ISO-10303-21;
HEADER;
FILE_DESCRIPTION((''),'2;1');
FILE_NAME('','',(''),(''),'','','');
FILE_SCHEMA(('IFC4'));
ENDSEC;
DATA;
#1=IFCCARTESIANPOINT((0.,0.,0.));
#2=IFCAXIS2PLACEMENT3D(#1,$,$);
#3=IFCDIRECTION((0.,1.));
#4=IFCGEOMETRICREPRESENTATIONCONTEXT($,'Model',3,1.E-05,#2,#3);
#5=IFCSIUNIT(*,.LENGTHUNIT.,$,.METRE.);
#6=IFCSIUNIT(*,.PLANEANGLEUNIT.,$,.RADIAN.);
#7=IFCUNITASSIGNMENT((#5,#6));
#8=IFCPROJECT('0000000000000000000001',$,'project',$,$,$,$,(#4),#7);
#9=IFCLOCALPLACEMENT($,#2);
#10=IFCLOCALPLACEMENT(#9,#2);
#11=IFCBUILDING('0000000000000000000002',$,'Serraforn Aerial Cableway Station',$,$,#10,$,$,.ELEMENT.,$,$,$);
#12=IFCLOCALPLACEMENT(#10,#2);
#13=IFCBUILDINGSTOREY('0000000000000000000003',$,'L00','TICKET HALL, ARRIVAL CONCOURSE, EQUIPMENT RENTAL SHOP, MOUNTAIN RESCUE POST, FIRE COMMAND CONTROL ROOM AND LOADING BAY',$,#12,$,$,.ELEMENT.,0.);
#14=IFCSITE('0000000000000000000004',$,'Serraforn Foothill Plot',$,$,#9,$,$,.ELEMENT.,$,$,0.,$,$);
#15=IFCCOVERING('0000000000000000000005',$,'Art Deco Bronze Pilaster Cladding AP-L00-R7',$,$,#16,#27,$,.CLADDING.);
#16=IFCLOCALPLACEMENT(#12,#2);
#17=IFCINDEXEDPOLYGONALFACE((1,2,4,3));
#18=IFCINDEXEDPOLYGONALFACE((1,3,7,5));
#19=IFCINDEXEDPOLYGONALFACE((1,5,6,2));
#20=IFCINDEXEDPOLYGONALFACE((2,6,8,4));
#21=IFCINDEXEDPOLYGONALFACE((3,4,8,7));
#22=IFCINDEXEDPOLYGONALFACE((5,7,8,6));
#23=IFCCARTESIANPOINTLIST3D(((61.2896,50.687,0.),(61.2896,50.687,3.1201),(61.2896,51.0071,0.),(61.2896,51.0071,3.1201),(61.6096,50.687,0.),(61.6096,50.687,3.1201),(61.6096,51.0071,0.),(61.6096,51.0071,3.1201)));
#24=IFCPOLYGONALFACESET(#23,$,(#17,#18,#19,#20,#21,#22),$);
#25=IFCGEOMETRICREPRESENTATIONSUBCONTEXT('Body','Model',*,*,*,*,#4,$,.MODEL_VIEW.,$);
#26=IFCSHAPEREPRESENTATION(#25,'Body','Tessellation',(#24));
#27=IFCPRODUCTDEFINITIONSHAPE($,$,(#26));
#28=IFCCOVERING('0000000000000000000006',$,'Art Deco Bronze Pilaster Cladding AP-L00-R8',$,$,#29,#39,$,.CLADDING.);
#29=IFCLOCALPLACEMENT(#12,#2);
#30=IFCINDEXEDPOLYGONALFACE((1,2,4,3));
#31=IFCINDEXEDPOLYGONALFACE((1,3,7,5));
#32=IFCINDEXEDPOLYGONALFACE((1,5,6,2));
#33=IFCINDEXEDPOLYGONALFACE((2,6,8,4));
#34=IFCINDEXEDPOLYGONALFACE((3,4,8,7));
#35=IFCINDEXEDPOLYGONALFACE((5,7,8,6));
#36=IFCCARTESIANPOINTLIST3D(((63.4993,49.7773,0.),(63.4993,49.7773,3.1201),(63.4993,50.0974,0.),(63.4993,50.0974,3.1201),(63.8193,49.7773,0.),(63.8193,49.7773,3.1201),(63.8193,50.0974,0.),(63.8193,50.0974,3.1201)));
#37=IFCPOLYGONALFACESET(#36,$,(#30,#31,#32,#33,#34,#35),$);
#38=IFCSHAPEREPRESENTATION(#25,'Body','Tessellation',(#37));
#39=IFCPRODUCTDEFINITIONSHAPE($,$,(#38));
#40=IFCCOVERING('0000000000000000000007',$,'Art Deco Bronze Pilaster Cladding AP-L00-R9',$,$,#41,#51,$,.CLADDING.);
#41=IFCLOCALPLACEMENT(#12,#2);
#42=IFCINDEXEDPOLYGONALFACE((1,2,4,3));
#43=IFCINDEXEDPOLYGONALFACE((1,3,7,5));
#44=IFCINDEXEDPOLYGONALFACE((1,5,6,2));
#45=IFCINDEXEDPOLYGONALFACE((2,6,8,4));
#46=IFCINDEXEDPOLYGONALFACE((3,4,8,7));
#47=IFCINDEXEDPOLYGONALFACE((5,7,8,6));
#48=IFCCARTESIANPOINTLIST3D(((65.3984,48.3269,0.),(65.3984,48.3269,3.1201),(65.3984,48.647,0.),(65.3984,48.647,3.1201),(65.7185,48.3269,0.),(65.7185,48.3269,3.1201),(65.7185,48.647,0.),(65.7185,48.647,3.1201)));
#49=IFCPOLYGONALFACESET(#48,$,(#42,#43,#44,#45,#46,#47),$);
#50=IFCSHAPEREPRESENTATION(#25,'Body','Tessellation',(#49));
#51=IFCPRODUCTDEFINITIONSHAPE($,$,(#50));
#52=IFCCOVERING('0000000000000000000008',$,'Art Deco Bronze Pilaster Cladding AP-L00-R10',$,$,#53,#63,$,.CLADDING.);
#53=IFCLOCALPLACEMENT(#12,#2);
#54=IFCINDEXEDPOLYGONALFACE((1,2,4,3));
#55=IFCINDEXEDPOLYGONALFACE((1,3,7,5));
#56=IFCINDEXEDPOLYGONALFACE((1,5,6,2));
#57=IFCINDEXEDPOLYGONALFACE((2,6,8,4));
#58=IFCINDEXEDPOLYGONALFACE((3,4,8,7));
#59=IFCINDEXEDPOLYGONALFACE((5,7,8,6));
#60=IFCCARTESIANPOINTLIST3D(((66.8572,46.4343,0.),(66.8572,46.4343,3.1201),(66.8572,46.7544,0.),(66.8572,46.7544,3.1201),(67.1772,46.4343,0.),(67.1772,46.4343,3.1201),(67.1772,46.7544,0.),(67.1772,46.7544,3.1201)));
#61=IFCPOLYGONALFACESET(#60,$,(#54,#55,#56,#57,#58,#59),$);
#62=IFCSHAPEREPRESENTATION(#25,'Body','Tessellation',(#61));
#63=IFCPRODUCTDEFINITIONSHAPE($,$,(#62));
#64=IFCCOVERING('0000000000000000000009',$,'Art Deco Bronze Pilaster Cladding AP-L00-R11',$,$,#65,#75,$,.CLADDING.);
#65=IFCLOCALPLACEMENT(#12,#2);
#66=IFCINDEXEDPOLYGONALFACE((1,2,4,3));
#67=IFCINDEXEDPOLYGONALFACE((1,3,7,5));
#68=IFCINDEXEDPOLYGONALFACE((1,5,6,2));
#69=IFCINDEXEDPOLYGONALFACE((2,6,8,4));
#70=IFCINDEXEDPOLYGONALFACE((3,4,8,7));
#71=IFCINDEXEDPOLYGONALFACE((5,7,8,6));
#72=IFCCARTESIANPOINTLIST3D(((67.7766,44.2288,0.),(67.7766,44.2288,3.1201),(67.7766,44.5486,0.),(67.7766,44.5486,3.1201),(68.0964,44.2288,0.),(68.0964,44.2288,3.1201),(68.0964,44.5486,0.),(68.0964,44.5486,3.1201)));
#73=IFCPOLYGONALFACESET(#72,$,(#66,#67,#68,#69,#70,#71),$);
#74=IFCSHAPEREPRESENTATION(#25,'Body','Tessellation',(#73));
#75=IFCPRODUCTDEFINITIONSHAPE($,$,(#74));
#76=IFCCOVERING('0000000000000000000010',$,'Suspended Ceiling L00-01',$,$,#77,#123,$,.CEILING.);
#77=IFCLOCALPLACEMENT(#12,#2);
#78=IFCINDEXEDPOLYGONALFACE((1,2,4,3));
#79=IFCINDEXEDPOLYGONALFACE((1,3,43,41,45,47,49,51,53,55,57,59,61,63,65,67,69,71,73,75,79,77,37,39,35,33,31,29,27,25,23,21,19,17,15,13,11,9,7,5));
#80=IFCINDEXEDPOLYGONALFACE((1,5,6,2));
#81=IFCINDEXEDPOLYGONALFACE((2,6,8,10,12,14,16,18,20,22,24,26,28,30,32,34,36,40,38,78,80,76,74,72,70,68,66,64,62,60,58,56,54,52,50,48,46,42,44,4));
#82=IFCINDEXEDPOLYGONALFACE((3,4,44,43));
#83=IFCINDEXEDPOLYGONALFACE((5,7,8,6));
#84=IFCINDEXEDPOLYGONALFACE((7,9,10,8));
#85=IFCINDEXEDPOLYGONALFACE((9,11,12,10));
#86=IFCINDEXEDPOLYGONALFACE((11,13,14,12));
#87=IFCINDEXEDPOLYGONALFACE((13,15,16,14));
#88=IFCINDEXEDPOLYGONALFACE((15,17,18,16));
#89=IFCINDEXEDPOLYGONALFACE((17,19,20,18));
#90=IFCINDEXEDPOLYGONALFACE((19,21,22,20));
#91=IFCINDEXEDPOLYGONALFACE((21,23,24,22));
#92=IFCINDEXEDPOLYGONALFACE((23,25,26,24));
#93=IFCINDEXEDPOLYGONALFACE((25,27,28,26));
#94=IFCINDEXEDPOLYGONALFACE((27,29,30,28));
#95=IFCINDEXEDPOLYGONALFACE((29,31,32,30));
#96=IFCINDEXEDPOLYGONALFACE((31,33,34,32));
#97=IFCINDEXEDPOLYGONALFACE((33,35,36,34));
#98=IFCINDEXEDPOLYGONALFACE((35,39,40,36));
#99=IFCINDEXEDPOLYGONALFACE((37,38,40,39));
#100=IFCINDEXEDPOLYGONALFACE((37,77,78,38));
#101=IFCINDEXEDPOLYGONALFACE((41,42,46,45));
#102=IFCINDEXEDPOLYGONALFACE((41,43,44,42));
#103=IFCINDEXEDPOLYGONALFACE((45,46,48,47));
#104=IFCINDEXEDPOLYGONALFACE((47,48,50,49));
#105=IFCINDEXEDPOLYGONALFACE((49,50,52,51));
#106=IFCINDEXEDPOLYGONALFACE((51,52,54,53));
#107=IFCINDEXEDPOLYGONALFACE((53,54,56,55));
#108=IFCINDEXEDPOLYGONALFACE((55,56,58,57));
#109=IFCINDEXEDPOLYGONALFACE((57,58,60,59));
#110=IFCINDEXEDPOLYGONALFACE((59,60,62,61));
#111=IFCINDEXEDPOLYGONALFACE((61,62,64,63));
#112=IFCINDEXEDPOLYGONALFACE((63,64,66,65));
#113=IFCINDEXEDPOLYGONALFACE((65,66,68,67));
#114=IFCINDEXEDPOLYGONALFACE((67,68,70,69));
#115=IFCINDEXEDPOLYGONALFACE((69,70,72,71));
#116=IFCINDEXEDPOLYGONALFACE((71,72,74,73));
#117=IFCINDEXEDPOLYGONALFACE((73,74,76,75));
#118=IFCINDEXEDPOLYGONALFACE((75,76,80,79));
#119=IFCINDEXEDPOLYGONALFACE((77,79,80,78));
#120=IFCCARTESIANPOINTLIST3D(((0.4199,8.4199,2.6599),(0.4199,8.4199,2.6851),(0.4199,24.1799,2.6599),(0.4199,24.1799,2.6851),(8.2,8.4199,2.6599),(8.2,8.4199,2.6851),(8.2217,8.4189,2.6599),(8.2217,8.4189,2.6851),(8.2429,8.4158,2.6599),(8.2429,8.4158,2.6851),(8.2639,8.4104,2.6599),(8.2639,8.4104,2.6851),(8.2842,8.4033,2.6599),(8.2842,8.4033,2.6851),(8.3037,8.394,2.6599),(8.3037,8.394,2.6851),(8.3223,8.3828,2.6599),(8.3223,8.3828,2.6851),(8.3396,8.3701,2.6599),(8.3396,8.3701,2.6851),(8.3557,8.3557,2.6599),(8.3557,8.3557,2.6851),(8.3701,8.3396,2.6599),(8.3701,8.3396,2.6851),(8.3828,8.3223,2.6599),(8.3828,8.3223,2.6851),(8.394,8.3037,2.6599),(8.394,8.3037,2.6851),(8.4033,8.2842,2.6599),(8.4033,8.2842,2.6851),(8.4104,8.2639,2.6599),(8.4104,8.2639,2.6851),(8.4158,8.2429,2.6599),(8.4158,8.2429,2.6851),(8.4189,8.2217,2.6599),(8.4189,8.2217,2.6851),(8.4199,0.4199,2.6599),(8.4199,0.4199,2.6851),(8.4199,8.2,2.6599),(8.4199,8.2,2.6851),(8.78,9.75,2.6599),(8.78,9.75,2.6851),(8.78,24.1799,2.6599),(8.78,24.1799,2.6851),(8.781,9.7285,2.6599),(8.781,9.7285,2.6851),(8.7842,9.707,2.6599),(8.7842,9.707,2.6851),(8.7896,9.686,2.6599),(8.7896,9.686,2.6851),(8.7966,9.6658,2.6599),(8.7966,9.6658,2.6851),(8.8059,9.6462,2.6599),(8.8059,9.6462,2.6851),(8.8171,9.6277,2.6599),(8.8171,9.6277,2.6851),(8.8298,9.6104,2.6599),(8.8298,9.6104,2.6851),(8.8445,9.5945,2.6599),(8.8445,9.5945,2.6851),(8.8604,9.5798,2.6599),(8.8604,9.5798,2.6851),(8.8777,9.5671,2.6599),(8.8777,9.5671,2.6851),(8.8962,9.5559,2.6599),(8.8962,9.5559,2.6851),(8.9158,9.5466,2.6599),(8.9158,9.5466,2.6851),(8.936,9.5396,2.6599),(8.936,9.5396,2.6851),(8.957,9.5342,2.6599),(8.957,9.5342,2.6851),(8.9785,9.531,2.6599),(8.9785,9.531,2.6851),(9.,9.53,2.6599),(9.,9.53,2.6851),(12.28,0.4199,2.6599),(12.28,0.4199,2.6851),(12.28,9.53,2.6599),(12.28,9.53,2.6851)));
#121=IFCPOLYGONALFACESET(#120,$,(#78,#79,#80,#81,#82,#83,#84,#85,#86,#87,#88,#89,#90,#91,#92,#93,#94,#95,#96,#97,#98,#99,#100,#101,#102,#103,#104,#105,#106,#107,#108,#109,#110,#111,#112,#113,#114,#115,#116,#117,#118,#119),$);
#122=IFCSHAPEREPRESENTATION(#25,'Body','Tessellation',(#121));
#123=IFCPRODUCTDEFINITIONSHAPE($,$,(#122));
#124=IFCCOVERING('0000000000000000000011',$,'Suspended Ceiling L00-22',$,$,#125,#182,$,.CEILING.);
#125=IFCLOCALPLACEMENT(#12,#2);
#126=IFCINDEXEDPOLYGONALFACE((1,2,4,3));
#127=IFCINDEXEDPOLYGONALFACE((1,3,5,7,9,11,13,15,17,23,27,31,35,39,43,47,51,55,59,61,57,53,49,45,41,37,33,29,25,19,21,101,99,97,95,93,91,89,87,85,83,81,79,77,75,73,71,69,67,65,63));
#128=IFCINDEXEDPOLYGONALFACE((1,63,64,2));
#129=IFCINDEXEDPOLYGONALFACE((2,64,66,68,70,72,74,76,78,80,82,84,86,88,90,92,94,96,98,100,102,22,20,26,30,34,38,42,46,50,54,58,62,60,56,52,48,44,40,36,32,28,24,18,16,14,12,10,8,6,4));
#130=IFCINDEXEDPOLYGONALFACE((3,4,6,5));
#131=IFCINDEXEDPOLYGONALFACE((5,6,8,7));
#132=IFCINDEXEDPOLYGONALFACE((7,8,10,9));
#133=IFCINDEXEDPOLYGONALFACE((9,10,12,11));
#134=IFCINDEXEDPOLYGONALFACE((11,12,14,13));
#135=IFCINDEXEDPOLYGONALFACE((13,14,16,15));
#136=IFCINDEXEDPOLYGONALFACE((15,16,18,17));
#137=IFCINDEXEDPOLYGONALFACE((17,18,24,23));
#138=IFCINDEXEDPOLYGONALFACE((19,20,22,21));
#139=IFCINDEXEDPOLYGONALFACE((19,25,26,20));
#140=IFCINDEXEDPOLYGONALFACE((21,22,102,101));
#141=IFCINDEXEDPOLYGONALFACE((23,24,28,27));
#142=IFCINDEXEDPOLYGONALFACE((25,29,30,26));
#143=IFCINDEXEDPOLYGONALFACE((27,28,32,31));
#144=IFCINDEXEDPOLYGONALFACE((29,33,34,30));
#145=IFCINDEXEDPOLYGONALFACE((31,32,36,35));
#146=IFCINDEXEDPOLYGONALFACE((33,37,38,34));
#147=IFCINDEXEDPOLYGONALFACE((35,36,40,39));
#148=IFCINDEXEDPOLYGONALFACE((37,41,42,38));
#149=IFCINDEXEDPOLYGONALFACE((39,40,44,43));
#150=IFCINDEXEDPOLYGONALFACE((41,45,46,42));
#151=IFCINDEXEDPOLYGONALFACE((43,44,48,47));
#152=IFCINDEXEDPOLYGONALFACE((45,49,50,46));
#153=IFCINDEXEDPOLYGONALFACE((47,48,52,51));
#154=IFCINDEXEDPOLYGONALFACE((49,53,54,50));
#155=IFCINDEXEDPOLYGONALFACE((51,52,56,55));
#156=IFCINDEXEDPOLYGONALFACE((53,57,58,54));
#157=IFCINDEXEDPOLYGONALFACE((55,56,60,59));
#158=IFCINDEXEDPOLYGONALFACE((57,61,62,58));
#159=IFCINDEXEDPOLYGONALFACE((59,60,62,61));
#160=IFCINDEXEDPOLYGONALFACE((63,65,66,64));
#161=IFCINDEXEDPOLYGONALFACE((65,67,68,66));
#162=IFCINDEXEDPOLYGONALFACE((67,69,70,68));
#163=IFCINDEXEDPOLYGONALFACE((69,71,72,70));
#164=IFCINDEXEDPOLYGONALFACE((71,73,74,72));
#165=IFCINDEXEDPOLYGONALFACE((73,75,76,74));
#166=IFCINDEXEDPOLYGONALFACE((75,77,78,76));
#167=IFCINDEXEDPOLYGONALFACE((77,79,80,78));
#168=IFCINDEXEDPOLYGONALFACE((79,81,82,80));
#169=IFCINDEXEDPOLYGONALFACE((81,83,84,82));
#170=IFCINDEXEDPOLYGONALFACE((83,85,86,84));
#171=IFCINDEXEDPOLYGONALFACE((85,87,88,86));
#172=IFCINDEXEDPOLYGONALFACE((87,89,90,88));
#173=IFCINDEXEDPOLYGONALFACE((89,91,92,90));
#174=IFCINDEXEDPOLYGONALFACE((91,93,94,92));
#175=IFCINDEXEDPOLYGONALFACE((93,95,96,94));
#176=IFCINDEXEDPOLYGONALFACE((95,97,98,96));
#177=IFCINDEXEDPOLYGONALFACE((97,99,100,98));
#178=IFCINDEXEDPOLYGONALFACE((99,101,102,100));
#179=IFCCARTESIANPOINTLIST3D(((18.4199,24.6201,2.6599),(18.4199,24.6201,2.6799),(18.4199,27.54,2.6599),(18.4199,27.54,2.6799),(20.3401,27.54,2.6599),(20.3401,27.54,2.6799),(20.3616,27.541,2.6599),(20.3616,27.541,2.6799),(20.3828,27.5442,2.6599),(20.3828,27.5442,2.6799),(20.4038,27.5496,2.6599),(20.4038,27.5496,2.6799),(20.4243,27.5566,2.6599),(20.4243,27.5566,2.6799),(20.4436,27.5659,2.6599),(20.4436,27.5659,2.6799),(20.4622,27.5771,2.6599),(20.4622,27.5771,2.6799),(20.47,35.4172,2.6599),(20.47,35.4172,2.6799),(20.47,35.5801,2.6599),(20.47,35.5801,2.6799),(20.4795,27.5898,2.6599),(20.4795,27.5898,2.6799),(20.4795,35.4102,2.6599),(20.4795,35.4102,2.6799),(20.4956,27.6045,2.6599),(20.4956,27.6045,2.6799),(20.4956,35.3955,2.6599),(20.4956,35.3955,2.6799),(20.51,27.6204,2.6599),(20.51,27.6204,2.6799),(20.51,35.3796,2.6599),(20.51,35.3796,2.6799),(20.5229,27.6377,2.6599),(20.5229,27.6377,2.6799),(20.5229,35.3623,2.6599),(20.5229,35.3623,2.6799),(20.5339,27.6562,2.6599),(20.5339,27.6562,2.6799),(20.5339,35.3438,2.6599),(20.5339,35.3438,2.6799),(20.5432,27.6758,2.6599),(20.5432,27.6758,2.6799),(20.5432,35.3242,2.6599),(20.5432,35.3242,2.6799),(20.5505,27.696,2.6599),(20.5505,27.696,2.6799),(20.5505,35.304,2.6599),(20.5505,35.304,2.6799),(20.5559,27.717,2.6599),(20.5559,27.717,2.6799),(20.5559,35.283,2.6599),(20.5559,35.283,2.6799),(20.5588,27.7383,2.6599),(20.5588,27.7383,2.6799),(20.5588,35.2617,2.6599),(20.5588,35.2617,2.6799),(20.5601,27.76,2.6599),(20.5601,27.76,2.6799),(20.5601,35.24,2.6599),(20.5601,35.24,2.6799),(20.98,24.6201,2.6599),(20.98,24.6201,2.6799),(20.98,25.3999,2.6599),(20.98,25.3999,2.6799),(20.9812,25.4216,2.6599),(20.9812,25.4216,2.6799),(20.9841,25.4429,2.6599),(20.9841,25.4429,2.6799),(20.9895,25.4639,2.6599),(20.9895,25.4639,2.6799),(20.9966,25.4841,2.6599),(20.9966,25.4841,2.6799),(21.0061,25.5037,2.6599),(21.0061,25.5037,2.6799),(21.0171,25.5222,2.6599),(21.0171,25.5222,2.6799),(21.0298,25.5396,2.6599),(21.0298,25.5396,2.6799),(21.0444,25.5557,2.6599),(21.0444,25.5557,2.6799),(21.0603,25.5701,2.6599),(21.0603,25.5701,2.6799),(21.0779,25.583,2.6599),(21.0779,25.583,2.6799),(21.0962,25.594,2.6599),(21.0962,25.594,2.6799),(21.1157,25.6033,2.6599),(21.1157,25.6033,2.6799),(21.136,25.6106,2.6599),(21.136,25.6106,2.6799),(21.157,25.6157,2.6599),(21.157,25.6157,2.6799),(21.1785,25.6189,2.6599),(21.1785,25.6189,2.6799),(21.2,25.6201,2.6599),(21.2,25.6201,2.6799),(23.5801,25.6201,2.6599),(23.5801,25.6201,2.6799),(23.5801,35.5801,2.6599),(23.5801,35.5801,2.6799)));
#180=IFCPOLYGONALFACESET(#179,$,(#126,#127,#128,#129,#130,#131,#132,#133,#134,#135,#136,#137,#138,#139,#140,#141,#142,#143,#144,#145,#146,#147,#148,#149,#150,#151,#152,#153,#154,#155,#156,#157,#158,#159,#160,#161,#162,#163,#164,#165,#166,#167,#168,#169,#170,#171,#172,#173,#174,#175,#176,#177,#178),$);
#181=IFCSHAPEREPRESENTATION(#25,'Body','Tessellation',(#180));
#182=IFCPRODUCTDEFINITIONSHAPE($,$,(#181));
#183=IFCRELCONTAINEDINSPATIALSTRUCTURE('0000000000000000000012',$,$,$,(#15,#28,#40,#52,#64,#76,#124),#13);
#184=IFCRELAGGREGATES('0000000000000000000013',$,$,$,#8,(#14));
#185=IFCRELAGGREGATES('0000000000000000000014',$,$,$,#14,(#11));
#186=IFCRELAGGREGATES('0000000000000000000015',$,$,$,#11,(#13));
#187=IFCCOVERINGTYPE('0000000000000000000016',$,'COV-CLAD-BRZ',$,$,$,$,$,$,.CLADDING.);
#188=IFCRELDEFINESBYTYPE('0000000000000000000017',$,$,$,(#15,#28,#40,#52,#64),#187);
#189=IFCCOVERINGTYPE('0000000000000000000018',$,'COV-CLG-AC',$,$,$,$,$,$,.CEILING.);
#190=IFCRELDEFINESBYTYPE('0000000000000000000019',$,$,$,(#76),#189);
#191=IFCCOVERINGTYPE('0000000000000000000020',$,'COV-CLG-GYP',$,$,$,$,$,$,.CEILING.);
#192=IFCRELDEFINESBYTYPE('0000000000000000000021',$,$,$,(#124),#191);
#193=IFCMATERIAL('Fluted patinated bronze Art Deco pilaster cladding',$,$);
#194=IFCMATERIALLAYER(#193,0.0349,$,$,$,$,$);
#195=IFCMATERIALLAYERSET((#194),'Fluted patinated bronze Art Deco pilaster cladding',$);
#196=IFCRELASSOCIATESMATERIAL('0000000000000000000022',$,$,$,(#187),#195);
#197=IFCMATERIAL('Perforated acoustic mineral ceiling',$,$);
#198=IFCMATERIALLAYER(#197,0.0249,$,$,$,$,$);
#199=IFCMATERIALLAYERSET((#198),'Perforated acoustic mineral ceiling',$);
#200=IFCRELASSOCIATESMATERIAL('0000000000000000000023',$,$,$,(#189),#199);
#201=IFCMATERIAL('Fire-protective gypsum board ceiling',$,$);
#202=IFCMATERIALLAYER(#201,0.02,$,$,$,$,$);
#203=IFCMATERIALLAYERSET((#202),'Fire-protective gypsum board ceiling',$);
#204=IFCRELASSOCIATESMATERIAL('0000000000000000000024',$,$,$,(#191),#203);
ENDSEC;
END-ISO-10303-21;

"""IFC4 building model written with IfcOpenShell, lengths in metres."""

from ifc_helpers import new_model, si_unit, direction, frame, origin, place, context, subcontext, project, spatial, polyline, outline, extrude, material, layer, layer_set, type_object, element, save


model = new_model("IFC4")

# Units and contexts
model_context = context("Model", 3, precision=1e-05, world=origin(), true_north=direction((0.0, 1.0)))
body_context = subcontext(model_context, "Body", "Model", "MODEL_VIEW")
ifc_project = project(units=[si_unit("LENGTHUNIT", "METRE"), si_unit("PLANEANGLEUNIT", "RADIAN")], contexts=[model_context])

# Site, building, storey
site_placement = place(None, origin())
site = spatial("IfcSite", under=ifc_project, at=site_placement, Name="Serraforn Foothill Plot", CompositionType="ELEMENT", RefElevation=0.0)
building_placement = place(site_placement, origin())
building = spatial("IfcBuilding", under=site, at=building_placement, Name="Serraforn Aerial Cableway Station", CompositionType="ELEMENT")
storey_placement = place(building_placement, origin())
storey = spatial("IfcBuildingStorey", under=building, at=storey_placement, Name="L00", Description="TICKET HALL, ARRIVAL CONCOURSE, EQUIPMENT RENTAL SHOP, MOUNTAIN RESCUE POST, FIRE COMMAND CONTROL ROOM AND LOADING BAY", CompositionType="ELEMENT", Elevation=0.0)

# Coverings
ifc_material_1 = material(Name="Fluted patinated bronze Art Deco pilaster cladding")
ifc_layer_1 = layer(ifc_material_1, 0.0349)
ifc_layer_set_1 = layer_set([ifc_layer_1], Name="Fluted patinated bronze Art Deco pilaster cladding")
covering_type_1 = type_object("IfcCoveringType", Name="COV-CLAD-BRZ", PredefinedType="CLADDING", material=ifc_layer_set_1)
covering_1_placement = place(storey_placement, origin())
element("IfcCovering", 1, at=covering_1_placement, inside=storey, type_object=covering_type_1, Name="Art Deco Bronze Pilaster Cladding AP-L00-R7", PredefinedType="CLADDING", context=body_context, shape_type="SweptSolid", body=[
    extrude(outline(polyline([(61.2896, 50.687), (61.6096, 50.687), (61.6096, 51.0071), (61.2896, 51.0071), (61.2896, 50.687)])), origin(), (0.0, 0.0, 1.0), 3.1201),
])
covering_2_placement = place(storey_placement, origin())
element("IfcCovering", 2, at=covering_2_placement, inside=storey, type_object=covering_type_1, Name="Art Deco Bronze Pilaster Cladding AP-L00-R8", PredefinedType="CLADDING", context=body_context, shape_type="SweptSolid", body=[
    extrude(outline(polyline([(63.4993, 49.7773), (63.8193, 49.7773), (63.8193, 50.0974), (63.4993, 50.0974), (63.4993, 49.7773)])), origin(), (0.0, 0.0, 1.0), 3.1201),
])
covering_3_placement = place(storey_placement, origin())
element("IfcCovering", 3, at=covering_3_placement, inside=storey, type_object=covering_type_1, Name="Art Deco Bronze Pilaster Cladding AP-L00-R9", PredefinedType="CLADDING", context=body_context, shape_type="SweptSolid", body=[
    extrude(outline(polyline([(65.3984, 48.3269), (65.7185, 48.3269), (65.7185, 48.647), (65.3984, 48.647), (65.3984, 48.3269)])), origin(), (0.0, 0.0, 1.0), 3.1201),
])
covering_4_placement = place(storey_placement, origin())
element("IfcCovering", 4, at=covering_4_placement, inside=storey, type_object=covering_type_1, Name="Art Deco Bronze Pilaster Cladding AP-L00-R10", PredefinedType="CLADDING", context=body_context, shape_type="SweptSolid", body=[
    extrude(outline(polyline([(66.8572, 46.4343), (67.1772, 46.4343), (67.1772, 46.7544), (66.8572, 46.7544), (66.8572, 46.4343)])), origin(), (0.0, 0.0, 1.0), 3.1201),
])
covering_5_placement = place(storey_placement, origin())
element("IfcCovering", 5, at=covering_5_placement, inside=storey, type_object=covering_type_1, Name="Art Deco Bronze Pilaster Cladding AP-L00-R11", PredefinedType="CLADDING", context=body_context, shape_type="SweptSolid", body=[
    extrude(outline(polyline([(67.7766, 44.2288), (68.0964, 44.2288), (68.0964, 44.5486), (67.7766, 44.5486), (67.7766, 44.2288)])), origin(), (0.0, 0.0, 1.0), 3.1201),
])
ifc_material_2 = material(Name="Perforated acoustic mineral ceiling")
ifc_layer_2 = layer(ifc_material_2, 0.0249)
ifc_layer_set_2 = layer_set([ifc_layer_2], Name="Perforated acoustic mineral ceiling")
covering_type_2 = type_object("IfcCoveringType", Name="COV-CLG-AC", PredefinedType="CEILING", material=ifc_layer_set_2)
covering_6_placement = place(storey_placement, frame((0.0, 0.0, 2.6599)))
element("IfcCovering", 6, at=covering_6_placement, inside=storey, type_object=covering_type_2, Name="Suspended Ceiling L00-01", PredefinedType="CEILING", context=body_context, shape_type="SweptSolid", body=[
    extrude(outline(polyline([(12.28, 0.4199), (8.4199, 0.4199), (8.4199, 8.2), (8.4189, 8.2217), (8.4158, 8.2429), (8.4104, 8.2639), (8.4033, 8.2842), (8.394, 8.3037), (8.3828, 8.3223), (8.3701, 8.3396), (8.3557, 8.3557), (8.3396, 8.3701), (8.3223, 8.3828), (8.3037, 8.394), (8.2842, 8.4033), (8.2639, 8.4104), (8.2429, 8.4158), (8.2217, 8.4189), (8.2, 8.4199), (0.4199, 8.4199), (0.4199, 24.1799), (8.78, 24.1799), (8.78, 9.75), (8.781, 9.7285), (8.7842, 9.707), (8.7896, 9.686), (8.7966, 9.6658), (8.8059, 9.6462), (8.8171, 9.6277), (8.8298, 9.6104), (8.8445, 9.5945), (8.8604, 9.5798), (8.8777, 9.5671), (8.8962, 9.5559), (8.9158, 9.5466), (8.936, 9.5396), (8.957, 9.5342), (8.9785, 9.531), (9.0, 9.53), (12.28, 9.53), (12.28, 0.4199)])), origin(), (0.0, 0.0, 1.0), 0.0251),
])
ifc_material_3 = material(Name="Fire-protective gypsum board ceiling")
ifc_layer_3 = layer(ifc_material_3, 0.02)
ifc_layer_set_3 = layer_set([ifc_layer_3], Name="Fire-protective gypsum board ceiling")
covering_type_3 = type_object("IfcCoveringType", Name="COV-CLG-GYP", PredefinedType="CEILING", material=ifc_layer_set_3)
covering_7_placement = place(storey_placement, frame((0.0, 0.0, 2.6599)))
element("IfcCovering", 7, at=covering_7_placement, inside=storey, type_object=covering_type_3, Name="Suspended Ceiling L00-22", PredefinedType="CEILING", context=body_context, shape_type="SweptSolid", body=[
    extrude(outline(polyline([(18.4199, 24.6201), (18.4199, 27.54), (20.3401, 27.54), (20.3616, 27.541), (20.3828, 27.5442), (20.4038, 27.5496), (20.4243, 27.5566), (20.4436, 27.5659), (20.4622, 27.5771), (20.4795, 27.5898), (20.4956, 27.6045), (20.51, 27.6204), (20.5229, 27.6377), (20.5339, 27.6562), (20.5432, 27.6758), (20.5505, 27.696), (20.5559, 27.717), (20.5588, 27.7383), (20.5601, 27.76), (20.5601, 35.24), (20.5588, 35.2617), (20.5559, 35.283), (20.5505, 35.304), (20.5432, 35.3242), (20.5339, 35.3438), (20.5229, 35.3623), (20.51, 35.3796), (20.4956, 35.3955), (20.4795, 35.4102), (20.47, 35.4172), (20.47, 35.5801), (23.5801, 35.5801), (23.5801, 25.6201), (21.2, 25.6201), (21.1785, 25.6189), (21.157, 25.6157), (21.136, 25.6106), (21.1157, 25.6033), (21.0962, 25.594), (21.0779, 25.583), (21.0603, 25.5701), (21.0444, 25.5557), (21.0298, 25.5396), (21.0171, 25.5222), (21.0061, 25.5037), (20.9966, 25.4841), (20.9895, 25.4639), (20.9841, 25.4429), (20.9812, 25.4216), (20.98, 25.3999), (20.98, 24.6201), (18.4199, 24.6201)])), origin(), (0.0, 0.0, 1.0), 0.02),
])

save(model, "model.ifc")
